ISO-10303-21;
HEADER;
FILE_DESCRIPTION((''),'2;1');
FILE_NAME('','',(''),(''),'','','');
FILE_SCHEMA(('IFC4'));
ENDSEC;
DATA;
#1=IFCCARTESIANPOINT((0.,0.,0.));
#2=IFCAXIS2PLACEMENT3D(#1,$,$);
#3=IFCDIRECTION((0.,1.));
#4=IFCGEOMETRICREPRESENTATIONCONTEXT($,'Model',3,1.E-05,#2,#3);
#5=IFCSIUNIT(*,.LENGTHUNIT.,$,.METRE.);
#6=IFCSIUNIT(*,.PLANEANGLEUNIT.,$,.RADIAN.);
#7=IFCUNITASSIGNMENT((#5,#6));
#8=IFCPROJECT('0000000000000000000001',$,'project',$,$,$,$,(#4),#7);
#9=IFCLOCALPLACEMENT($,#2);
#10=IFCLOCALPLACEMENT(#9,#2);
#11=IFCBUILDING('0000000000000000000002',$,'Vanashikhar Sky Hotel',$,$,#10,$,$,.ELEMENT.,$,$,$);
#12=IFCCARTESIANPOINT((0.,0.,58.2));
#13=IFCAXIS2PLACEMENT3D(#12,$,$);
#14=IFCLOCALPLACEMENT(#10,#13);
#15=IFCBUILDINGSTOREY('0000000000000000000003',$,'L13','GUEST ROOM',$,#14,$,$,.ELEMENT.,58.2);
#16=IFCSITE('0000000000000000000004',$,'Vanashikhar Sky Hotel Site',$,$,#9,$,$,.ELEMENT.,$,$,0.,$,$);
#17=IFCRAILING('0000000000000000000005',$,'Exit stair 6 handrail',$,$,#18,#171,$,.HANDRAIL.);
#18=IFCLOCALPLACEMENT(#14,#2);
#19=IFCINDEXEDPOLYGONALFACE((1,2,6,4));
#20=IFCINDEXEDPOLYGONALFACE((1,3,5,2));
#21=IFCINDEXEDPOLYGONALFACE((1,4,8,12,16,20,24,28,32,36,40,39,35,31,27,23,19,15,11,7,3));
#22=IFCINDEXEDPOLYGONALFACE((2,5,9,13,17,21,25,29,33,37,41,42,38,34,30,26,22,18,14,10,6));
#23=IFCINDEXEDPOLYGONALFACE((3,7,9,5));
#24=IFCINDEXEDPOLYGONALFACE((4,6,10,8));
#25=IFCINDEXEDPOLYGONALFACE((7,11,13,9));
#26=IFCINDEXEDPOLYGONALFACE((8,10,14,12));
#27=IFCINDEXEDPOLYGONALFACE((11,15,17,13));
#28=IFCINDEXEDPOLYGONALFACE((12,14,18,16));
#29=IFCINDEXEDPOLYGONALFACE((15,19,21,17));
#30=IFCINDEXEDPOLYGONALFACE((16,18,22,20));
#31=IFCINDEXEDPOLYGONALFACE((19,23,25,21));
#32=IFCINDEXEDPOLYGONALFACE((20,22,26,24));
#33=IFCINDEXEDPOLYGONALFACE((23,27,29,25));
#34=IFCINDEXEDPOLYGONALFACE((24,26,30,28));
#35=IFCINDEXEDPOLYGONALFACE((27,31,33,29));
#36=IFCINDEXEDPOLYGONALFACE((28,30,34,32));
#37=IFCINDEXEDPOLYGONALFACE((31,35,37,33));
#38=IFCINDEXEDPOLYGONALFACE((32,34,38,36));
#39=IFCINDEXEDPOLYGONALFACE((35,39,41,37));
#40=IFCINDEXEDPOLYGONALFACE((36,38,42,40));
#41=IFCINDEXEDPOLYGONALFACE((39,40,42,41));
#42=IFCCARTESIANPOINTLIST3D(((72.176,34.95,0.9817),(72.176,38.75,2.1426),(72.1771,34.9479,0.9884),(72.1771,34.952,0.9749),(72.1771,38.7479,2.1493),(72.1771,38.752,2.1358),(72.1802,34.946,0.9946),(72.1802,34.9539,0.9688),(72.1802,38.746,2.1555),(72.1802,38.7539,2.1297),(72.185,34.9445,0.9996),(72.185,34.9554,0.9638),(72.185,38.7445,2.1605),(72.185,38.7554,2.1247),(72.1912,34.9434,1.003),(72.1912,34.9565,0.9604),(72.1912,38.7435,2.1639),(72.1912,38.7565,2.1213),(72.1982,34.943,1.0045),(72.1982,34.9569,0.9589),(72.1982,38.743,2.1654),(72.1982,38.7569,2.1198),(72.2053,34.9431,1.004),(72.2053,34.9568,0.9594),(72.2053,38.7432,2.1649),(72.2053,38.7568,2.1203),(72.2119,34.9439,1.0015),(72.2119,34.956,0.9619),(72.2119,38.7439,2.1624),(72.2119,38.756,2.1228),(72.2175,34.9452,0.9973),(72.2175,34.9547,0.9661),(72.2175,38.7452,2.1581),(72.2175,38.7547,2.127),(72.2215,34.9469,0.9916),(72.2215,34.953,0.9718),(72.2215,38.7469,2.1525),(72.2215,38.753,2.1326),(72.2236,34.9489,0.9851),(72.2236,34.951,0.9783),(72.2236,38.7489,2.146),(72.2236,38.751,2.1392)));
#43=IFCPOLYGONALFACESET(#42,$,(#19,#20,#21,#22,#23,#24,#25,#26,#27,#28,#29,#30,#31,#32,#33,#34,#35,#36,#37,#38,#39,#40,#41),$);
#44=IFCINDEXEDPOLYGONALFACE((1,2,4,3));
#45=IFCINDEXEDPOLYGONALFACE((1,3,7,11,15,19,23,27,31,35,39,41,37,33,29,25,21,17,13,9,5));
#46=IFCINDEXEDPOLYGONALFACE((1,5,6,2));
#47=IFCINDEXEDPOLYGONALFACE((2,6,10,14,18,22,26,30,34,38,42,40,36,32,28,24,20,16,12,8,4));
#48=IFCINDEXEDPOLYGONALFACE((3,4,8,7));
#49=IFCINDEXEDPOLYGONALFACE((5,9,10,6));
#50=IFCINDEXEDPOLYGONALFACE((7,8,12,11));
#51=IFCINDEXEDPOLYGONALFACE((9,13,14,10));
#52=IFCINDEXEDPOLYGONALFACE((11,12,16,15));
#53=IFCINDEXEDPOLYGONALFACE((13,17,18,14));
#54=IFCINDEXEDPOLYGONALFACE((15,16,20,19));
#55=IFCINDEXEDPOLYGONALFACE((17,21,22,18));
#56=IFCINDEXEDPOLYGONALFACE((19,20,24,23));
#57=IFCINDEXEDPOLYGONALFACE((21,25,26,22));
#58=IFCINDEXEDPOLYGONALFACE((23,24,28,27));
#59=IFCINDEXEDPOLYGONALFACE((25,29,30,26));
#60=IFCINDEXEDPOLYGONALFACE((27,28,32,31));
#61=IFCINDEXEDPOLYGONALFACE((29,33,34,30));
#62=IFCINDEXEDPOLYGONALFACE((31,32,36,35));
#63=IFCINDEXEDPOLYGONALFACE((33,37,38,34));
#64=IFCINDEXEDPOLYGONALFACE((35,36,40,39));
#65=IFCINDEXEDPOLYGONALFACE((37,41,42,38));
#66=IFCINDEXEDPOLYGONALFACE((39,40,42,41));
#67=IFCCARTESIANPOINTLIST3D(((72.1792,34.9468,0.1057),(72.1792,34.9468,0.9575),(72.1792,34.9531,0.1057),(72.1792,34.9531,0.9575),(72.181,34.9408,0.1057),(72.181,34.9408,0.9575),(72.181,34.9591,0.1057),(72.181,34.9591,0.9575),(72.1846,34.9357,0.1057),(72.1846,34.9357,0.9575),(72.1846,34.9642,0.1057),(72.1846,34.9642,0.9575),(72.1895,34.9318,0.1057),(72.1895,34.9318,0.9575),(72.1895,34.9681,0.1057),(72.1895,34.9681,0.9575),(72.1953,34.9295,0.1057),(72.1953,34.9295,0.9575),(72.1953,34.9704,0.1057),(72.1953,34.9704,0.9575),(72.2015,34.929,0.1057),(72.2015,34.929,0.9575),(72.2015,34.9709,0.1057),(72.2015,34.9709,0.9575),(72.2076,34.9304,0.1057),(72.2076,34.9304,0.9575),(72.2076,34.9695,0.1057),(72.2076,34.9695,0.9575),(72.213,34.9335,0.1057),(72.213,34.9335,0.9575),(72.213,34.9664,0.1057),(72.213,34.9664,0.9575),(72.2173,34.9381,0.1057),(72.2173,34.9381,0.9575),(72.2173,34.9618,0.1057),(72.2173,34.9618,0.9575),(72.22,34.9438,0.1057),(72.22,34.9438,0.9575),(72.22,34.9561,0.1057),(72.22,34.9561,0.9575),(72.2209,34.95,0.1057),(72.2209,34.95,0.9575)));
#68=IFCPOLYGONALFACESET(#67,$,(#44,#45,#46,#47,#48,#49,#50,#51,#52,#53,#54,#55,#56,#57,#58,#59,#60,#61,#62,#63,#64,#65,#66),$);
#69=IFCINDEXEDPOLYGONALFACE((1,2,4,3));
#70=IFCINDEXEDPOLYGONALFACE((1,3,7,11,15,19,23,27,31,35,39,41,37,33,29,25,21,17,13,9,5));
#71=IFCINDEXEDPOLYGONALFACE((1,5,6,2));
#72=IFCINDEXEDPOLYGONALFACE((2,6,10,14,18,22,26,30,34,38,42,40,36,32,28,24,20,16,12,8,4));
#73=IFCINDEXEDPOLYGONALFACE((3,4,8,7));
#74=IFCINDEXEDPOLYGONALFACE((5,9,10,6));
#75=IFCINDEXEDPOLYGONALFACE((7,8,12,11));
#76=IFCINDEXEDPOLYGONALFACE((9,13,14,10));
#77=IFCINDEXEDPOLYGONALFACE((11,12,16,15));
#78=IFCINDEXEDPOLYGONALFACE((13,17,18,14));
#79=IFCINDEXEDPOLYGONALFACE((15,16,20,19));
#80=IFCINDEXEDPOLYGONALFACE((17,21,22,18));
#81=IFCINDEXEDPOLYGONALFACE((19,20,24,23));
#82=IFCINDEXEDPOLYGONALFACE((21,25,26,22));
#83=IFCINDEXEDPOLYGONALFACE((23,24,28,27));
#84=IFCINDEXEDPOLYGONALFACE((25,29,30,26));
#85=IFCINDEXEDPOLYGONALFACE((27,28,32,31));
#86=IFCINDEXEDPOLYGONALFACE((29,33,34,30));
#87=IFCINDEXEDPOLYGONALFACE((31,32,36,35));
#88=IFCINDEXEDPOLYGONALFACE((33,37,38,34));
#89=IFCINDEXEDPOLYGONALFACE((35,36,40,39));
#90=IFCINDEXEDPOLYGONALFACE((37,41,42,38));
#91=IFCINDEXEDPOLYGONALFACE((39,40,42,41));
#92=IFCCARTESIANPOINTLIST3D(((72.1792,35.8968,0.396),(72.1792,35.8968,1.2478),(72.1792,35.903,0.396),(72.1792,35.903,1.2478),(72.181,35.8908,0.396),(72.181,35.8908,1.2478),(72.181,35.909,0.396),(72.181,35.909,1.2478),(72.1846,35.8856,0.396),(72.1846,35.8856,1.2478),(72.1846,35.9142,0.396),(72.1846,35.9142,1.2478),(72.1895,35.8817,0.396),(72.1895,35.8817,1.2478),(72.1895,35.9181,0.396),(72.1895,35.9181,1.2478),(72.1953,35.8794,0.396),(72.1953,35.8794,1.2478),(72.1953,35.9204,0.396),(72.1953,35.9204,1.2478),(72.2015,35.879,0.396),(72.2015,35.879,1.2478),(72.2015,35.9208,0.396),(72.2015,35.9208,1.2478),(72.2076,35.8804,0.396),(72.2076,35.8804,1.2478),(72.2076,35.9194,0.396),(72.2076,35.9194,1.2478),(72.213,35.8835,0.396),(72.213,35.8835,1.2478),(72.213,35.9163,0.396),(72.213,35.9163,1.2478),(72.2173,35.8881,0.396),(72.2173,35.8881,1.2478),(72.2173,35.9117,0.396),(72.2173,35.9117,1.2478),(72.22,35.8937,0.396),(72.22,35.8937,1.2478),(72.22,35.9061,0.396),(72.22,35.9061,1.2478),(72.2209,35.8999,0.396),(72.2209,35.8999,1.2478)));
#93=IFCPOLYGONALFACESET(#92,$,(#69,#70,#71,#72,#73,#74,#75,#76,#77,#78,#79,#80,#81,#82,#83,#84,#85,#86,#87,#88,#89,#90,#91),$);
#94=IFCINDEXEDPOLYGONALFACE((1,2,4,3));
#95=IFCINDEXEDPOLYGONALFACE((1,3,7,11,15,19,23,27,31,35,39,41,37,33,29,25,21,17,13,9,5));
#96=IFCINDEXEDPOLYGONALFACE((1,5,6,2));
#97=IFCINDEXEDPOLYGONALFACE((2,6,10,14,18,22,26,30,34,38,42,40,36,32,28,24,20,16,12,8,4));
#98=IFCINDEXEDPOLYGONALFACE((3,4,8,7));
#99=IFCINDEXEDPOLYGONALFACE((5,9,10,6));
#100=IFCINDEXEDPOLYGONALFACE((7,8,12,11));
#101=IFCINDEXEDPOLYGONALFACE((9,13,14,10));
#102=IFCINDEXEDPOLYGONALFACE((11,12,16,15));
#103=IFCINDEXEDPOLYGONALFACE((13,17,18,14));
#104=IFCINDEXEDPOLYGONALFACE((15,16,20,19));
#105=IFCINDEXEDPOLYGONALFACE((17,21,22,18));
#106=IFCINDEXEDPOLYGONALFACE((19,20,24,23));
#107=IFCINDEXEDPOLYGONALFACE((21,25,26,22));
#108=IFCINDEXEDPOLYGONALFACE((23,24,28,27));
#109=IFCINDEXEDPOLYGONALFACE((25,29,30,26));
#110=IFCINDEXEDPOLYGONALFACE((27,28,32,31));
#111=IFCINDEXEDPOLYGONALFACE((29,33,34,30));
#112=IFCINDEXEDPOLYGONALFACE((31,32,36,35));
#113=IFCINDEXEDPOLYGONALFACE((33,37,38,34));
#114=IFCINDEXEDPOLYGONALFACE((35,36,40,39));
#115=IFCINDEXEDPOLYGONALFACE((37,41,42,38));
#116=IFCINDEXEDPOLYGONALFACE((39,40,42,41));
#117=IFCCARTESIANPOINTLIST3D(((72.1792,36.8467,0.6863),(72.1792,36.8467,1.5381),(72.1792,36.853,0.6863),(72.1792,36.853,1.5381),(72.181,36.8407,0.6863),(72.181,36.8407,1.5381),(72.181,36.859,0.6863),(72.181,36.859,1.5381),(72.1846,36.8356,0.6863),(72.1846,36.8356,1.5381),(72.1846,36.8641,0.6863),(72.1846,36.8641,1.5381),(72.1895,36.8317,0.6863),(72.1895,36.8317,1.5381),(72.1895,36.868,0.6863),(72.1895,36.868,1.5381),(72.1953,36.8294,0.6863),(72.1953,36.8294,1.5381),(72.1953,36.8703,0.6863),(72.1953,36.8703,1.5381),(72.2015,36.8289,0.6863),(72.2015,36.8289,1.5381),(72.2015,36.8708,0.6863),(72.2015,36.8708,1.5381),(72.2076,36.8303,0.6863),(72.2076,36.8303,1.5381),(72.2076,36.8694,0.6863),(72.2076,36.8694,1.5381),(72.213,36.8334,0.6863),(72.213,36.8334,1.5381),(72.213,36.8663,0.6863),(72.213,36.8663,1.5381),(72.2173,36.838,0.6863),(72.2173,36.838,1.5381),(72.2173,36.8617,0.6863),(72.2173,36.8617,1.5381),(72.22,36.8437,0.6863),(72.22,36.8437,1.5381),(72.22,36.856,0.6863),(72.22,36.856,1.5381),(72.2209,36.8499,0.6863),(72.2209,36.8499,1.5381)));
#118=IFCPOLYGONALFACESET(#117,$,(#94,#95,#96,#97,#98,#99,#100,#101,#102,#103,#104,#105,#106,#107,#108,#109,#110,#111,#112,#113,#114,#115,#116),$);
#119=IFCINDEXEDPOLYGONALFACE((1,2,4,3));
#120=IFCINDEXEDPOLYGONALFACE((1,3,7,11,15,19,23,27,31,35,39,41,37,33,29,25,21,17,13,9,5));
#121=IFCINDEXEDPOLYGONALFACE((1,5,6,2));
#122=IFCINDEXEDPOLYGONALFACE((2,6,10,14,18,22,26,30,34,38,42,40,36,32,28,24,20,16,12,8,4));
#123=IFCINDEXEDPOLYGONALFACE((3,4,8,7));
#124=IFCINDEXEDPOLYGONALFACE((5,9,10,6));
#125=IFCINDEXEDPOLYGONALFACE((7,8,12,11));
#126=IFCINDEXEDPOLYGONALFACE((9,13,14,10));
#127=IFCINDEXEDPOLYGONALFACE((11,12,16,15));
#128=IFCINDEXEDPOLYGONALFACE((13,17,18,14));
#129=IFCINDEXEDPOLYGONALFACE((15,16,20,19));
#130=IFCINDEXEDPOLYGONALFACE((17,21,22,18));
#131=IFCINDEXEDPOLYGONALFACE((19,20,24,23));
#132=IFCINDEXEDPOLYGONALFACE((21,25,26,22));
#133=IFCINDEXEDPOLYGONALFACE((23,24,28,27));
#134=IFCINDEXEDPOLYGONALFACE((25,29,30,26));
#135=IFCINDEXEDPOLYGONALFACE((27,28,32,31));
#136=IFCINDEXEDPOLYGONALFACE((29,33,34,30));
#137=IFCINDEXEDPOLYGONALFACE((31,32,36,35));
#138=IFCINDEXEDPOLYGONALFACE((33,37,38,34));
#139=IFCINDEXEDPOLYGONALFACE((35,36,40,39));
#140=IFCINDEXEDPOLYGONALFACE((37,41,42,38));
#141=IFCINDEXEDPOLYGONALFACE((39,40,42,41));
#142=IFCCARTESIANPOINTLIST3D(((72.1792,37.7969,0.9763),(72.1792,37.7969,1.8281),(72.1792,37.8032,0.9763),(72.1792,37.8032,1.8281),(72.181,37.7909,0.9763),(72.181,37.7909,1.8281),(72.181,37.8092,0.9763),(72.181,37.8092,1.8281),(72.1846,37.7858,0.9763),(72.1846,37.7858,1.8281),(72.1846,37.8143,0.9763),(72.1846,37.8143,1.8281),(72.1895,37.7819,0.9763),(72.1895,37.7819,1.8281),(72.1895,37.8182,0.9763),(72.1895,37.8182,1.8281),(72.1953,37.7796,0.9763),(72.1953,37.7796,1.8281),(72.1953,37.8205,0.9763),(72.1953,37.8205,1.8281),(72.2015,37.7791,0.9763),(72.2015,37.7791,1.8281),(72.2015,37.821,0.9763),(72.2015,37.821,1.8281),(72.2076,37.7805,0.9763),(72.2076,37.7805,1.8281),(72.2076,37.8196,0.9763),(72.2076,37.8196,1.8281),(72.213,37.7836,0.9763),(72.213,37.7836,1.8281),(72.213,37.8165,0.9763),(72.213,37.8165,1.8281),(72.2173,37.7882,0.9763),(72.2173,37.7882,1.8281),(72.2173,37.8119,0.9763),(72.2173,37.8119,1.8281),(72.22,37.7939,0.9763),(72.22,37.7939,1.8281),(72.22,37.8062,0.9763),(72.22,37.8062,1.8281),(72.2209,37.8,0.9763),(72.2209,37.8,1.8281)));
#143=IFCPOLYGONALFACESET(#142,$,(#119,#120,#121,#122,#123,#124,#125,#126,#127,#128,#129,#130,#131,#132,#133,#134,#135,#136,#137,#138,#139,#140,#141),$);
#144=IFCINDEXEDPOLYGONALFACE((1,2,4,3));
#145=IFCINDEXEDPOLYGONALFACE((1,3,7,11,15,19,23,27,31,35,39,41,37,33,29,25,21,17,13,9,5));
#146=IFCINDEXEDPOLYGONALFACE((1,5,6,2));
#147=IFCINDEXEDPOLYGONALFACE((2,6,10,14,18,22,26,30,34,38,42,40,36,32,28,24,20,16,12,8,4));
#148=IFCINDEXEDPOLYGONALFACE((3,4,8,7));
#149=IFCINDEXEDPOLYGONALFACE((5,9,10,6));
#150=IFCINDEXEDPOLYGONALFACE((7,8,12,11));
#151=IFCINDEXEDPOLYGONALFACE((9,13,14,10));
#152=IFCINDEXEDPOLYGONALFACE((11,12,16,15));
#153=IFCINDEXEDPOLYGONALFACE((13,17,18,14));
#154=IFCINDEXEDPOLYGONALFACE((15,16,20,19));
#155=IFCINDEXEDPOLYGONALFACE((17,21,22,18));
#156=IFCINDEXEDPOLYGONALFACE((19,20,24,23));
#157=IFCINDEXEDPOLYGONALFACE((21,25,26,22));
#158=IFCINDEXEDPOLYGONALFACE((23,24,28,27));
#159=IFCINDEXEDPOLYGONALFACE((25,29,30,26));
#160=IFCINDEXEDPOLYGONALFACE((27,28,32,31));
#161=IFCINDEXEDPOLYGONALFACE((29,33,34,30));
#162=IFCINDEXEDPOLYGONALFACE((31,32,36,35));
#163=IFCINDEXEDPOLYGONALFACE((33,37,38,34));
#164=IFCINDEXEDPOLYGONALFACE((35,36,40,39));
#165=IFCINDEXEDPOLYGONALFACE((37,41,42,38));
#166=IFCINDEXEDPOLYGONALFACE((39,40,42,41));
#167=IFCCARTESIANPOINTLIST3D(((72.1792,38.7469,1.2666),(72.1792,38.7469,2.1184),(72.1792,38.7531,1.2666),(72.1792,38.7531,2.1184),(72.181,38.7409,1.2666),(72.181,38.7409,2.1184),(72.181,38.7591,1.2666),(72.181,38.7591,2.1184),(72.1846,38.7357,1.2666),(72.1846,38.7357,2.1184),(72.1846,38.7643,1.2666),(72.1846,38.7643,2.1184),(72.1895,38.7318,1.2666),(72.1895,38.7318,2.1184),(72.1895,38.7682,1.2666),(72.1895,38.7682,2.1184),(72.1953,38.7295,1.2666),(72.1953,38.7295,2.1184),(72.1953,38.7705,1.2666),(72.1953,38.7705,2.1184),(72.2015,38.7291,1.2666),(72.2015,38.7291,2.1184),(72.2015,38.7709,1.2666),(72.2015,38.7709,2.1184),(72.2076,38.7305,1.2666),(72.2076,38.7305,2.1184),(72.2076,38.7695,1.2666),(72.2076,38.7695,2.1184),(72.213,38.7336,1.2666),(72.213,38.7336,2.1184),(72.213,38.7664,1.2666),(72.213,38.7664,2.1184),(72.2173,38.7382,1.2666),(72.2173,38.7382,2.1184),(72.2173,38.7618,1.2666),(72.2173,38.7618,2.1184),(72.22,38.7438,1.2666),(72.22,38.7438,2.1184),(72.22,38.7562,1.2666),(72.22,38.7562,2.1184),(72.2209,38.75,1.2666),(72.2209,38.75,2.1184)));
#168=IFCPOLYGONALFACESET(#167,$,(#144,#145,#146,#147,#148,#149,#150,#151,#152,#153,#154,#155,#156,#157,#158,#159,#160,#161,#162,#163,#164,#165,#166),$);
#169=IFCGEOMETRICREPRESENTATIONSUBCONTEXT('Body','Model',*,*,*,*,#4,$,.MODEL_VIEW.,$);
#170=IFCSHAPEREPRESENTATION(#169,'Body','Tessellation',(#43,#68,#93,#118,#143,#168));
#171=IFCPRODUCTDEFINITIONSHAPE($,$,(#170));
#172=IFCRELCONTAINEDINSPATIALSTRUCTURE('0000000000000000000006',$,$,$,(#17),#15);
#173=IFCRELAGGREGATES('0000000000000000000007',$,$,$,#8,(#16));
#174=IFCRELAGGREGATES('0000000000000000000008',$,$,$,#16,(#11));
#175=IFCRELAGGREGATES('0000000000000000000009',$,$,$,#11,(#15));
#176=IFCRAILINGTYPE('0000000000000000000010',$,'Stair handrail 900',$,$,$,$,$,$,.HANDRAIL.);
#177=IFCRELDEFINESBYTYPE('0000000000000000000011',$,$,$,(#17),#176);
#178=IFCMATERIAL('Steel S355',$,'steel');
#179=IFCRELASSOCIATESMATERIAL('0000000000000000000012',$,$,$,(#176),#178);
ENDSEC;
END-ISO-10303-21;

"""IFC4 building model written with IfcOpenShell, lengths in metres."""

from ifc_helpers import new_model, si_unit, direction, frame, origin, origin_2d, place, context, subcontext, project, spatial, circle, extrude, source, transform, mapped, material, type_object, element, save


model = new_model("IFC4")

# Units and contexts
model_context = context("Model", 3, precision=1e-05, world=origin(), true_north=direction((0.0, 1.0)))
body_context = subcontext(model_context, "Body", "Model", "MODEL_VIEW")
ifc_project = project(units=[si_unit("LENGTHUNIT", "METRE"), si_unit("PLANEANGLEUNIT", "RADIAN")], contexts=[model_context])

# Site, building, storey
site_placement = place(None, origin())
site = spatial("IfcSite", under=ifc_project, at=site_placement, Name="Vanashikhar Sky Hotel Site", CompositionType="ELEMENT", RefElevation=0.0)
building_placement = place(site_placement, origin())
building = spatial("IfcBuilding", under=site, at=building_placement, Name="Vanashikhar Sky Hotel", CompositionType="ELEMENT")
storey_placement = place(building_placement, frame((0.0, 0.0, 58.2)))
storey = spatial("IfcBuildingStorey", under=building, at=storey_placement, Name="L13", Description="GUEST ROOM", CompositionType="ELEMENT", Elevation=58.2)

# Railing
ifc_material_1 = material(Name="Steel S355", Category="steel")
railing_type_1 = type_object("IfcRailingType", Name="Stair handrail 900", PredefinedType="HANDRAIL", material=ifc_material_1)
shared_shape_1 = source(origin(), body_context, "Body", "SweptSolid", [
    extrude(circle(Radius=0.0239, at=origin_2d()), frame((0.0, 0.0, 0.876), z_axis=(0.0, 0.956368, 0.292164), x_axis=(-1.0, 0.0, 0.0)), (0.0, 0.0, 1.0), 3.9734),
    extrude(circle(Radius=0.021, at=origin_2d()), origin(), (0.0, 0.0, 1.0), 0.8518),
    extrude(circle(Radius=0.021, at=origin_2d()), frame((0.0, 0.95, 0.2903)), (0.0, 0.0, 1.0), 0.8518),
    extrude(circle(Radius=0.021, at=origin_2d()), frame((0.0, 1.8999, 0.5806)), (0.0, 0.0, 1.0), 0.8518),
    extrude(circle(Radius=0.021, at=origin_2d()), frame((0.0, 2.8501, 0.8706)), (0.0, 0.0, 1.0), 0.8518),
    extrude(circle(Radius=0.021, at=origin_2d()), frame((0.0, 3.8, 1.1609)), (0.0, 0.0, 1.0), 0.8518),
])
for number, where, name in (
    (1, (72.2, 34.95, 0.1057), "Exit stair 6 handrail"),
):
    element("IfcRailing", number, at=place(storey_placement, frame(where)), inside=storey, type_object=railing_type_1, Name=name, PredefinedType="HANDRAIL", context=body_context, shape_type="MappedRepresentation", body=[
        mapped(shared_shape_1, transform((0.0, 0.0, 0.0), scale=1.0)),
    ])

save(model, "model.ifc")
